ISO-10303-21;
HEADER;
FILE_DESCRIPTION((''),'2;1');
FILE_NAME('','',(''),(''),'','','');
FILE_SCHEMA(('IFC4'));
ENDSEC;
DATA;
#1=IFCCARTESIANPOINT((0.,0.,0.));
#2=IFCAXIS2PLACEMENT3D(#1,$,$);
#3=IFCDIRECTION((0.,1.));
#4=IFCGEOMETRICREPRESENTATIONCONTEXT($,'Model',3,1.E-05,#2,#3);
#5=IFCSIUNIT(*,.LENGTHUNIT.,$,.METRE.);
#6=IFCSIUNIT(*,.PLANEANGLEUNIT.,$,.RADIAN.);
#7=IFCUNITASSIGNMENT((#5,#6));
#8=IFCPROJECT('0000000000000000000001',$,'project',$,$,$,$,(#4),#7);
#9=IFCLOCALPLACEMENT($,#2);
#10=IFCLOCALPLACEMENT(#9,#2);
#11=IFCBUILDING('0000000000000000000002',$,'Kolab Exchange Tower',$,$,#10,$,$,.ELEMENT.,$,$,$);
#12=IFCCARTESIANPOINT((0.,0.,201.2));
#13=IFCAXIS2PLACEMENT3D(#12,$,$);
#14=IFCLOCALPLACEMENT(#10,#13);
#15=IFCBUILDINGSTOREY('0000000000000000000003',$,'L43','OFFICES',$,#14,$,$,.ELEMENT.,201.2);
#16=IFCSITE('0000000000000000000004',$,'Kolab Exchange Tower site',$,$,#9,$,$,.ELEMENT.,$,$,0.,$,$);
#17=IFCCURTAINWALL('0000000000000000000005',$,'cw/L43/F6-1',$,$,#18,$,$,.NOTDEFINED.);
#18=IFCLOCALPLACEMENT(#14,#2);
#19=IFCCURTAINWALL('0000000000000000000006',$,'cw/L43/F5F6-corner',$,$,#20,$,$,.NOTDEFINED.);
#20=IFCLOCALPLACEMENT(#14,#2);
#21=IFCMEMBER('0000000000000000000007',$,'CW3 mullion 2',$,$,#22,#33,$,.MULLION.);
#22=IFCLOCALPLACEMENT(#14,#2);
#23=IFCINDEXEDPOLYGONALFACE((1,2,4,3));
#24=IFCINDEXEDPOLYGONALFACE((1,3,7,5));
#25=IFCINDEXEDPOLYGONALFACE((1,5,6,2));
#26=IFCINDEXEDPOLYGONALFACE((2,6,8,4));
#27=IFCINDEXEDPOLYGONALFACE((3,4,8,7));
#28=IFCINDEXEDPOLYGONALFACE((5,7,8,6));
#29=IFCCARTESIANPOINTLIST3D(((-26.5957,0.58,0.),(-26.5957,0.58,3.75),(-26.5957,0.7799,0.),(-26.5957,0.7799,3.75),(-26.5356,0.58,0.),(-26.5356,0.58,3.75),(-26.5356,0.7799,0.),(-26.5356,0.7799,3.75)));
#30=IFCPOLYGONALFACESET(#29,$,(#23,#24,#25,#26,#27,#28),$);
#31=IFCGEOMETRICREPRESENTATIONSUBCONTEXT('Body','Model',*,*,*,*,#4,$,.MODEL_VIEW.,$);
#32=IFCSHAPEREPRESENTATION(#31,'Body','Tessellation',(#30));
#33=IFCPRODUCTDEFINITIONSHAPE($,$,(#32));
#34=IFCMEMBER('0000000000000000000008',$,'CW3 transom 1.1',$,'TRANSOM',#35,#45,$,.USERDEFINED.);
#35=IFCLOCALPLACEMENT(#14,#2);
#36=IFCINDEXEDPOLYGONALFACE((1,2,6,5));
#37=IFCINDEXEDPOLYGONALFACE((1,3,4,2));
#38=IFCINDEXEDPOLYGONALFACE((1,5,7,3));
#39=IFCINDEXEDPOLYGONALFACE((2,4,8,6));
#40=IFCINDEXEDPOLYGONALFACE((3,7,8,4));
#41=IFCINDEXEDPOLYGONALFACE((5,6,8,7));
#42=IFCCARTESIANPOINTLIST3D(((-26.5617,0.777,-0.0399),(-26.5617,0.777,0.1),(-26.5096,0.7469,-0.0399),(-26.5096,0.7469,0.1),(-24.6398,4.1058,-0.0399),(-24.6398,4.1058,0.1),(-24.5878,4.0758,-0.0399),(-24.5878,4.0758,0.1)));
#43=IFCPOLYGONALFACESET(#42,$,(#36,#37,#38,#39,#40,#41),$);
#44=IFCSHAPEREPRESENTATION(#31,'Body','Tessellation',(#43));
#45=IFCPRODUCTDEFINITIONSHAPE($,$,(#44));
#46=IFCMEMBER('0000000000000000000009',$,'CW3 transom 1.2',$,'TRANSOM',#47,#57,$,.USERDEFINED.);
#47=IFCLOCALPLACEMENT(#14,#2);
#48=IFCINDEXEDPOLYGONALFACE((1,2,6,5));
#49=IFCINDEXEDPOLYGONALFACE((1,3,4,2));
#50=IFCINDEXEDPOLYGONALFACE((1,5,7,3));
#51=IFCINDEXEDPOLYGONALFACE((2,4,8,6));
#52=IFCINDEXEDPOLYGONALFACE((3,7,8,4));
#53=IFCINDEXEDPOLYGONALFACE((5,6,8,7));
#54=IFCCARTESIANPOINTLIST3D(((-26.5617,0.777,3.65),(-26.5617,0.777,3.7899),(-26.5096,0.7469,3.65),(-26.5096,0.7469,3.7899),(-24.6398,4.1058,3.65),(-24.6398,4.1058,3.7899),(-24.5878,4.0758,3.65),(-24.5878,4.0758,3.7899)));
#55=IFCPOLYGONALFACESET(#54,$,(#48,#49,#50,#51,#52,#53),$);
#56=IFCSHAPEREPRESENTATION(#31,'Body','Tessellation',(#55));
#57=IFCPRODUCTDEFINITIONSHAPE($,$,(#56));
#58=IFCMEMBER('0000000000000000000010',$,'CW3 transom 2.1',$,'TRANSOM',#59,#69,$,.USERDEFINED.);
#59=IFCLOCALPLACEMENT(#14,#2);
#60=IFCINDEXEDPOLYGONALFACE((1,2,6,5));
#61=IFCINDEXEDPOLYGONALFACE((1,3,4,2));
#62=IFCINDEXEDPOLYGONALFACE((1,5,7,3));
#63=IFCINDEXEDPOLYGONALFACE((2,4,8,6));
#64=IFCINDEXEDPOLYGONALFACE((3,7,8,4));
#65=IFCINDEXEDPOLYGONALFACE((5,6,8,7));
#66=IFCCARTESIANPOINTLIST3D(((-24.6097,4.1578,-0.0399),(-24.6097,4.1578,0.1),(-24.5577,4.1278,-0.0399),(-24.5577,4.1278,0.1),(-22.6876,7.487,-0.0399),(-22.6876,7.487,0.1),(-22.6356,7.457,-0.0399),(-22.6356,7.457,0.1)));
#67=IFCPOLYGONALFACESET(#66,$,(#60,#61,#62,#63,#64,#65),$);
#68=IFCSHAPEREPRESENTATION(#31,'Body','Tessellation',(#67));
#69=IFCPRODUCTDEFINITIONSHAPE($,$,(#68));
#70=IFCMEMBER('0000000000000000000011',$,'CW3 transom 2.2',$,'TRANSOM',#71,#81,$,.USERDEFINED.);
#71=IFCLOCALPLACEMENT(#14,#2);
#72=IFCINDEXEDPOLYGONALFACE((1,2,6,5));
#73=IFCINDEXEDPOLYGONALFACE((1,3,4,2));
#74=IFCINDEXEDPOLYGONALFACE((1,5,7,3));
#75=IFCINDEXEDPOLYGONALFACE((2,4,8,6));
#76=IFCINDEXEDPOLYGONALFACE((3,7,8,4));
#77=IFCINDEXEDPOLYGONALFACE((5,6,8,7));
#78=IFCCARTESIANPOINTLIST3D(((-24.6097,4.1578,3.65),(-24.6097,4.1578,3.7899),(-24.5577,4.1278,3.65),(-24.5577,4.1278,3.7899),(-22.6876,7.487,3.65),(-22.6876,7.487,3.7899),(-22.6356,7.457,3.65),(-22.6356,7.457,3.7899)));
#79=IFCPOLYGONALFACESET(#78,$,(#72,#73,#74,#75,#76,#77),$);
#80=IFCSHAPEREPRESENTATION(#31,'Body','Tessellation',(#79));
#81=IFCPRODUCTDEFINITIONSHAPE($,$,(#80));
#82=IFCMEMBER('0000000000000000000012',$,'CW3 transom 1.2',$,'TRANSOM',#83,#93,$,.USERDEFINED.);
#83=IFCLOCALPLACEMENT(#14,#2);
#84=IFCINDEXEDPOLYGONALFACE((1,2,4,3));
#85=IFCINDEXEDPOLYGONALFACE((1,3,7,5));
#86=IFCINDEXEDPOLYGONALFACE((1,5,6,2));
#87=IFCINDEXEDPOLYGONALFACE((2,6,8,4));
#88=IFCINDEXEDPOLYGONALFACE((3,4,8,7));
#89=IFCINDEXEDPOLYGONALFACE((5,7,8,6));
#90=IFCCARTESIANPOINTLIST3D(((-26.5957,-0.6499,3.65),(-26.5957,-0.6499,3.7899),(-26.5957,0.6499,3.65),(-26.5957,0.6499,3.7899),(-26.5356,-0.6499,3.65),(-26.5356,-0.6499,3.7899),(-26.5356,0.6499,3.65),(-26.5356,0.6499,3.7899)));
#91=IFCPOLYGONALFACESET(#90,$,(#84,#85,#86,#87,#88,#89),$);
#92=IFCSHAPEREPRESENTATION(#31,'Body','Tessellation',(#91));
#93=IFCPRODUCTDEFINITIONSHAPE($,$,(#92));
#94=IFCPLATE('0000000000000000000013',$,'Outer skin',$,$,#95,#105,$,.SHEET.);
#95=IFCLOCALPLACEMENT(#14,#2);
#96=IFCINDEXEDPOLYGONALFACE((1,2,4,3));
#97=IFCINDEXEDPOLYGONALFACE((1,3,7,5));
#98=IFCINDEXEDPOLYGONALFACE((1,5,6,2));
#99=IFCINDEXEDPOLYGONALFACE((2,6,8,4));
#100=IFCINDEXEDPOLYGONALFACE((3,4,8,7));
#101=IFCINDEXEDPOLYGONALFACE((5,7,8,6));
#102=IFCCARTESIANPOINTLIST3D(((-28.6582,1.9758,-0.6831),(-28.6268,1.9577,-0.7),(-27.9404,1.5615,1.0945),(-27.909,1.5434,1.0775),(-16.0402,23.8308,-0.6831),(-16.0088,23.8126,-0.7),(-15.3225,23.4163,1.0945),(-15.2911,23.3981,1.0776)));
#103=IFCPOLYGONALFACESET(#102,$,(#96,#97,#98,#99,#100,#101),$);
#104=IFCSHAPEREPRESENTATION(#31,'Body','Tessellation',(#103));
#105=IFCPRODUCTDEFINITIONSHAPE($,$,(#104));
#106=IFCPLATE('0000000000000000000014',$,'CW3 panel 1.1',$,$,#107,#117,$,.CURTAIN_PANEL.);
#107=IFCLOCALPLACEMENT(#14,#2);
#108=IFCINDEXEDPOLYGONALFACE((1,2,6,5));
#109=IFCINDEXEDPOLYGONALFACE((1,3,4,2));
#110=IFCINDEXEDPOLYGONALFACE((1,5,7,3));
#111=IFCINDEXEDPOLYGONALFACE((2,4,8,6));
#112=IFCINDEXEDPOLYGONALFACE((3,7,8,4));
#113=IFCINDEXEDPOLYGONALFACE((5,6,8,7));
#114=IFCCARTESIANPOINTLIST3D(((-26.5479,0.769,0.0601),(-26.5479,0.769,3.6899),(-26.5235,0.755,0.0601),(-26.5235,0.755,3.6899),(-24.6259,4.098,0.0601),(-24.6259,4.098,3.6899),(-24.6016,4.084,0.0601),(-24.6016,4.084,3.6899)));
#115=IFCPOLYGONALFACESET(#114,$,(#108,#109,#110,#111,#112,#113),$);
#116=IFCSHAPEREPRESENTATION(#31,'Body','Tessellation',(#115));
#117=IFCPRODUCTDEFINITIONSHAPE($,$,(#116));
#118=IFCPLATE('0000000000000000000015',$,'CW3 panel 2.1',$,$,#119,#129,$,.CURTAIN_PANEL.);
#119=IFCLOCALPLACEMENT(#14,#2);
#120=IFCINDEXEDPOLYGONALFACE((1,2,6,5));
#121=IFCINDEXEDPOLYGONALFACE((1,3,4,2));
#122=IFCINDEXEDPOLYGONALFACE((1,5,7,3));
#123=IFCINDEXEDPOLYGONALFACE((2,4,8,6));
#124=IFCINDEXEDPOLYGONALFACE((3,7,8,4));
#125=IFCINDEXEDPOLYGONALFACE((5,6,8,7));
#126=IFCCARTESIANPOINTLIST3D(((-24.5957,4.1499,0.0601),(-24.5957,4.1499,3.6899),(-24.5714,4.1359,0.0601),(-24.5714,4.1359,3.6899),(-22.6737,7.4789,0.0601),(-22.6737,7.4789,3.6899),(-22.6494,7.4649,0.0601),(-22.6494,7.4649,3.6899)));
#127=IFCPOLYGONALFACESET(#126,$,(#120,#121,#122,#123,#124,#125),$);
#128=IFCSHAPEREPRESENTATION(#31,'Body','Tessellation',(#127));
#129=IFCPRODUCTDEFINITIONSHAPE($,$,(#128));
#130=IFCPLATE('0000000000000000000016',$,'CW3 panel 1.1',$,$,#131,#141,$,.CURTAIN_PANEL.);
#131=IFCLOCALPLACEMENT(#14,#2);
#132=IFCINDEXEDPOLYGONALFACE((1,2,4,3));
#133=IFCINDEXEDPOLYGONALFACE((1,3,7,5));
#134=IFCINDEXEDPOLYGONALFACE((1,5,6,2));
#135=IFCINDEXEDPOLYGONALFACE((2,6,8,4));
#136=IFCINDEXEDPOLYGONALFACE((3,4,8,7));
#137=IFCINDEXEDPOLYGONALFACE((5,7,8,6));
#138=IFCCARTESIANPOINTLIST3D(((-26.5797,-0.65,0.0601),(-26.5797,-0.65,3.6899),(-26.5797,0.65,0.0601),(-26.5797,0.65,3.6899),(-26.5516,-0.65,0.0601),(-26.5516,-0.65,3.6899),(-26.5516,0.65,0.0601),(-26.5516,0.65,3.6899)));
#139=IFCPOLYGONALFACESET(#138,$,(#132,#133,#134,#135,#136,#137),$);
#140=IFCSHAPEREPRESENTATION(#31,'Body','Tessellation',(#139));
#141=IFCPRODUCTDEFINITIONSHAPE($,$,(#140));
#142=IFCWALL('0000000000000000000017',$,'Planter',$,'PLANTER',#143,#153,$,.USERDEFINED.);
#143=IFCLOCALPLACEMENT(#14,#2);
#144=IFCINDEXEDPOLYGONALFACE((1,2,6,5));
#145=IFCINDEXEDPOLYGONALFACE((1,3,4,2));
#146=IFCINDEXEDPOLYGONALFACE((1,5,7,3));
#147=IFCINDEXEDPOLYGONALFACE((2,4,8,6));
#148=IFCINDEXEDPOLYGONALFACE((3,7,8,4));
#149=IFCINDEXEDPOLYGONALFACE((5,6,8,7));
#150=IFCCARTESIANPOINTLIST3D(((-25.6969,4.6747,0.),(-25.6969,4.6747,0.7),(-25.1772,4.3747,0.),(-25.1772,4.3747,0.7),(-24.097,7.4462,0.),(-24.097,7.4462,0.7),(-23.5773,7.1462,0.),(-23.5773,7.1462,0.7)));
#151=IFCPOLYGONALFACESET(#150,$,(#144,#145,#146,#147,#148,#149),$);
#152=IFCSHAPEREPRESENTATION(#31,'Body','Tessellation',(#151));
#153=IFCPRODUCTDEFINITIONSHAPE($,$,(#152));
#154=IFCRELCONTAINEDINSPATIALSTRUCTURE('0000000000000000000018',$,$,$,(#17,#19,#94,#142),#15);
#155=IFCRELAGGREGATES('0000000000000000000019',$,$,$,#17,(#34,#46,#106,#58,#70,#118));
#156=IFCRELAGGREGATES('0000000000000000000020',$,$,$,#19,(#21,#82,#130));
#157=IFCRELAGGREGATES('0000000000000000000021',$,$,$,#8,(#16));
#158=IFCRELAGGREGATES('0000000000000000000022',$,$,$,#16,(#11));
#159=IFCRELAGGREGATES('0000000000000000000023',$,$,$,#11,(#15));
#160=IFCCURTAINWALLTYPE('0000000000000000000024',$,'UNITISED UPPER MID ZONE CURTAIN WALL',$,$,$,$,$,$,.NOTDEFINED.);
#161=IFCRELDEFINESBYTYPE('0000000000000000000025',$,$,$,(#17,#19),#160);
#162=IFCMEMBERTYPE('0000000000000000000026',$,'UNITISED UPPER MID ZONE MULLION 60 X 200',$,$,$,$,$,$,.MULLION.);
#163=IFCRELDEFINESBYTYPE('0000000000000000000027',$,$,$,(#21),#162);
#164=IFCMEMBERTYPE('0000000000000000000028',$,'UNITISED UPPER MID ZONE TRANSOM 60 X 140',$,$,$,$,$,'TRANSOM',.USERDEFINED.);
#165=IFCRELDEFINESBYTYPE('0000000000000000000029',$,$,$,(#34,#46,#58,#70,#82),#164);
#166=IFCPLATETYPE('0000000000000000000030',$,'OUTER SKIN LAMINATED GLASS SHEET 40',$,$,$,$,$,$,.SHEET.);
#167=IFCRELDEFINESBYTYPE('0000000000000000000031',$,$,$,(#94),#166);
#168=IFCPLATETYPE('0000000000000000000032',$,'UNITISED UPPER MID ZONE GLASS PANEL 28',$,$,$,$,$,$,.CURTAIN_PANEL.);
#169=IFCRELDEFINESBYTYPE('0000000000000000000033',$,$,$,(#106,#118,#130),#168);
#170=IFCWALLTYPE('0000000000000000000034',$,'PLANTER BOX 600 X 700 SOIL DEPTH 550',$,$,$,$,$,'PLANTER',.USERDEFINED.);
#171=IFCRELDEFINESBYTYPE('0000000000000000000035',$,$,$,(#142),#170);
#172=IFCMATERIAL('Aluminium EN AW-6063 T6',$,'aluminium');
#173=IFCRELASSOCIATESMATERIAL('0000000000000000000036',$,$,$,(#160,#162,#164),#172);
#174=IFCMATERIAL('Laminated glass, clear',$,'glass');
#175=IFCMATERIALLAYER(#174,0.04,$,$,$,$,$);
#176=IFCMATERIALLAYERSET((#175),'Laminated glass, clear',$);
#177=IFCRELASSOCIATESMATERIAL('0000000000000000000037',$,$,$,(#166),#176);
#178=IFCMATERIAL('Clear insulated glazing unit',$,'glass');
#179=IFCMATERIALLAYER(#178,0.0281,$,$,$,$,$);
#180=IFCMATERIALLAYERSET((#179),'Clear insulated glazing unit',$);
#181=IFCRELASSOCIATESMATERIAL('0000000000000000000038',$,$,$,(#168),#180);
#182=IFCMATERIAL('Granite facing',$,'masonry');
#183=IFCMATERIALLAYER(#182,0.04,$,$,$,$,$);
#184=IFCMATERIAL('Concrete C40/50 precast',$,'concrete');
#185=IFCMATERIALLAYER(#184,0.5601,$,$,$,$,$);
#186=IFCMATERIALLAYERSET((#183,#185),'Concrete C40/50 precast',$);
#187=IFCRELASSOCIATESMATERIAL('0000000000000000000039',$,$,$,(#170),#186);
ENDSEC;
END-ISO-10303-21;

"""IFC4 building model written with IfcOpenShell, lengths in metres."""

from ifc_helpers import new_model, si_unit, direction, frame, frame_2d, origin, origin_2d, place, context, subcontext, project, spatial, polyline, rectangle, outline, extrude, material, layer, layer_set, material_profile, profile_set, type_object, element, aggregate, save


model = new_model("IFC4")

# Units and contexts
model_context = context("Model", 3, precision=1e-05, world=origin(), true_north=direction((0.0, 1.0)))
body_context = subcontext(model_context, "Body", "Model", "MODEL_VIEW")
ifc_project = project(units=[si_unit("LENGTHUNIT", "METRE"), si_unit("PLANEANGLEUNIT", "RADIAN")], contexts=[model_context])

# Site, building, storey
site_placement = place(None, origin())
site = spatial("IfcSite", under=ifc_project, at=site_placement, Name="Kolab Exchange Tower site", CompositionType="ELEMENT", RefElevation=0.0)
building_placement = place(site_placement, origin())
building = spatial("IfcBuilding", under=site, at=building_placement, Name="Kolab Exchange Tower", CompositionType="ELEMENT")
storey_placement = place(building_placement, frame((0.0, 0.0, 201.2)))
storey = spatial("IfcBuildingStorey", under=building, at=storey_placement, Name="L43", Description="OFFICES", CompositionType="ELEMENT", Elevation=201.2)

# Curtain wall
ifc_material_1 = material(Name="Aluminium EN AW-6063 T6", Category="aluminium")
curtain_wall_type = type_object("IfcCurtainWallType", Name="UNITISED UPPER MID ZONE CURTAIN WALL", PredefinedType="NOTDEFINED", material=ifc_material_1)
curtain_wall_1_placement = place(storey_placement, origin())
curtain_wall_1 = element("IfcCurtainWall", 1, at=curtain_wall_1_placement, inside=storey, type_object=curtain_wall_type, Name="cw/L43/F6-1", PredefinedType="NOTDEFINED")
ifc_material_profile_1 = material_profile(ifc_material_1, rectangle(XDim=0.0601, YDim=0.2, at=origin_2d()), Name="RECT 60X200")
ifc_profile_set_1 = profile_set([ifc_material_profile_1], Name="Aluminium EN AW-6063 T6")
member_type_1 = type_object("IfcMemberType", Name="UNITISED UPPER MID ZONE MULLION 60 X 200", PredefinedType="MULLION", material=ifc_profile_set_1)

# Curtain wall, member
curtain_wall_2_placement = place(storey_placement, origin())
curtain_wall_2 = element("IfcCurtainWall", 2, at=curtain_wall_2_placement, inside=storey, type_object=curtain_wall_type, Name="cw/L43/F5F6-corner", PredefinedType="NOTDEFINED")
member_1_placement = place(storey_placement, frame((-26.5657, 0.6799, 0.0), z_axis=(0.0, 0.0, 1.0), x_axis=(-1.0, 0.0, 0.0)))
member_1 = element("IfcMember", 3, at=member_1_placement, type_object=member_type_1, Name="CW3 mullion 2", PredefinedType="MULLION", context=body_context, shape_type="SweptSolid", body=[
    extrude(rectangle(XDim=0.0601, YDim=0.2, at=origin_2d()), origin(), (0.0, 0.0, 1.0), 3.75),
])

# Members
ifc_material_profile_2 = material_profile(ifc_material_1, rectangle(XDim=0.0601, YDim=0.1399, at=origin_2d()), Name="RECT 60X140")
ifc_profile_set_2 = profile_set([ifc_material_profile_2], Name="Aluminium EN AW-6063 T6")
member_type_2 = type_object("IfcMemberType", Name="UNITISED UPPER MID ZONE TRANSOM 60 X 140", ElementType="TRANSOM", PredefinedType="USERDEFINED", material=ifc_profile_set_2)
member_2_placement = place(storey_placement, frame((-26.5356, 0.762, 0.03), z_axis=(0.499992, 0.86603, 0.0), x_axis=(-0.86603, 0.499992, 0.0)))
member_2 = element("IfcMember", 4, at=member_2_placement, type_object=member_type_2, Name="CW3 transom 1.1", ObjectType="TRANSOM", PredefinedType="USERDEFINED", context=body_context, shape_type="SweptSolid", body=[
    extrude(rectangle(XDim=0.0601, YDim=0.1399, at=origin_2d()), origin(), (0.0, 0.0, 1.0), 3.8438),
])
member_3_placement = place(storey_placement, frame((-26.5356, 0.762, 3.72), z_axis=(0.499992, 0.86603, 0.0), x_axis=(-0.86603, 0.499992, 0.0)))
member_3 = element("IfcMember", 5, at=member_3_placement, type_object=member_type_2, Name="CW3 transom 1.2", ObjectType="TRANSOM", PredefinedType="USERDEFINED", context=body_context, shape_type="SweptSolid", body=[
    extrude(rectangle(XDim=0.0601, YDim=0.1399, at=origin_2d()), origin(), (0.0, 0.0, 1.0), 3.8438),
])
member_4_placement = place(storey_placement, frame((-24.5837, 4.1428, 0.03), z_axis=(0.500012, 0.866018, 0.0), x_axis=(-0.866018, 0.500012, 0.0)))
member_4 = element("IfcMember", 6, at=member_4_placement, type_object=member_type_2, Name="CW3 transom 2.1", ObjectType="TRANSOM", PredefinedType="USERDEFINED", context=body_context, shape_type="SweptSolid", body=[
    extrude(rectangle(XDim=0.0601, YDim=0.1399, at=origin_2d()), origin(), (0.0, 0.0, 1.0), 3.8442),
])
member_5_placement = place(storey_placement, frame((-24.5837, 4.1428, 3.72), z_axis=(0.500012, 0.866018, 0.0), x_axis=(-0.866018, 0.500012, 0.0)))
member_5 = element("IfcMember", 7, at=member_5_placement, type_object=member_type_2, Name="CW3 transom 2.2", ObjectType="TRANSOM", PredefinedType="USERDEFINED", context=body_context, shape_type="SweptSolid", body=[
    extrude(rectangle(XDim=0.0601, YDim=0.1399, at=origin_2d()), origin(), (0.0, 0.0, 1.0), 3.8442),
])
member_6_placement = place(storey_placement, frame((-26.5657, -0.6499, 3.72), z_axis=(0.0, 1.0, 0.0), x_axis=(-1.0, 0.0, 0.0)))
member_6 = element("IfcMember", 8, at=member_6_placement, type_object=member_type_2, Name="CW3 transom 1.2", ObjectType="TRANSOM", PredefinedType="USERDEFINED", context=body_context, shape_type="SweptSolid", body=[
    extrude(rectangle(XDim=0.0601, YDim=0.1399, at=origin_2d()), origin(), (0.0, 0.0, 1.0), 1.2998),
])

# Plates
ifc_material_2 = material(Name="Laminated glass, clear", Category="glass")
ifc_layer_1 = layer(ifc_material_2, 0.04)
ifc_layer_set_1 = layer_set([ifc_layer_1], Name="Laminated glass, clear")
plate_type_1 = type_object("IfcPlateType", Name="OUTER SKIN LAMINATED GLASS SHEET 40", PredefinedType="SHEET", material=ifc_layer_set_1)
plate_1_placement = place(storey_placement, frame((-28.6582, 1.9758, -0.6831), z_axis=(-0.784899, 0.453162, 0.422585), x_axis=(0.5, 0.866025, -0.000001)))
element("IfcPlate", 9, at=plate_1_placement, inside=storey, type_object=plate_type_1, Name="Outer skin", PredefinedType="SHEET", context=body_context, shape_type="SweptSolid", body=[
    extrude(outline(polyline([(0.0, 0.0), (25.2359, 0.0), (25.2358, -1.9613), (0.0001, -1.9613), (0.0, 0.0)])), origin(), (0.0, 0.0, -1.0), 0.04),
])
ifc_material_3 = material(Name="Clear insulated glazing unit", Category="glass")
ifc_layer_2 = layer(ifc_material_3, 0.0281)
ifc_layer_set_2 = layer_set([ifc_layer_2], Name="Clear insulated glazing unit")
plate_type_2 = type_object("IfcPlateType", Name="UNITISED UPPER MID ZONE GLASS PANEL 28", PredefinedType="CURTAIN_PANEL", material=ifc_layer_set_2)
plate_2_placement = place(storey_placement, frame((-25.5747, 2.4265, 0.0601), z_axis=(0.0, 0.0, 1.0), x_axis=(0.5, 0.866025, 0.0)))
plate_2 = element("IfcPlate", 10, at=plate_2_placement, type_object=plate_type_2, Name="CW3 panel 1.1", PredefinedType="CURTAIN_PANEL", context=body_context, shape_type="SweptSolid", body=[
    extrude(rectangle(XDim=3.844, YDim=0.0281, at=origin_2d()), origin(), (0.0, 0.0, 1.0), 3.6299),
])
plate_3_placement = place(storey_placement, frame((-23.6226, 5.8074, 0.0601), z_axis=(0.0, 0.0, 1.0), x_axis=(0.5, 0.866025, 0.0)))
plate_3 = element("IfcPlate", 11, at=plate_3_placement, type_object=plate_type_2, Name="CW3 panel 2.1", PredefinedType="CURTAIN_PANEL", context=body_context, shape_type="SweptSolid", body=[
    extrude(rectangle(XDim=3.844, YDim=0.0281, at=origin_2d()), origin(), (0.0, 0.0, 1.0), 3.6299),
])
aggregate(curtain_wall_1, [member_2, member_3, plate_2, member_4, member_5, plate_3])
plate_4_placement = place(storey_placement, frame((-26.5657, 0.0, 0.0601), z_axis=(0.0, 0.0, 1.0), x_axis=(0.0, 1.0, 0.0)))
plate_4 = element("IfcPlate", 12, at=plate_4_placement, type_object=plate_type_2, Name="CW3 panel 1.1", PredefinedType="CURTAIN_PANEL", context=body_context, shape_type="SweptSolid", body=[
    extrude(rectangle(XDim=1.3, YDim=0.0281, at=origin_2d()), origin(), (0.0, 0.0, 1.0), 3.6299),
])
aggregate(curtain_wall_2, [member_1, member_6, plate_4])

# Wall
ifc_material_4 = material(Name="Granite facing", Category="masonry")
ifc_layer_3 = layer(ifc_material_4, 0.04)
ifc_material_5 = material(Name="Concrete C40/50 precast", Category="concrete")
ifc_layer_4 = layer(ifc_material_5, 0.5601)
ifc_layer_set_3 = layer_set([ifc_layer_3, ifc_layer_4], Name="Concrete C40/50 precast")
wall_type_1 = type_object("IfcWallType", Name="PLANTER BOX 600 X 700 SOIL DEPTH 550", ElementType="PLANTER", PredefinedType="USERDEFINED", material=ifc_layer_set_3)
wall_1_placement = place(storey_placement, frame((-25.437, 4.5247, 0.0), z_axis=(0.0, 0.0, 1.0), x_axis=(0.499938, 0.866061, 0.0)))
element("IfcWall", 13, at=wall_1_placement, inside=storey, type_object=wall_type_1, Name="Planter", ObjectType="PLANTER", PredefinedType="USERDEFINED", context=body_context, shape_type="SweptSolid", body=[
    extrude(rectangle(XDim=3.2002, YDim=0.6001, at=frame_2d((1.6001, 0.0))), origin(), (0.0, 0.0, 1.0), 0.7),
])

save(model, "model.ifc")
